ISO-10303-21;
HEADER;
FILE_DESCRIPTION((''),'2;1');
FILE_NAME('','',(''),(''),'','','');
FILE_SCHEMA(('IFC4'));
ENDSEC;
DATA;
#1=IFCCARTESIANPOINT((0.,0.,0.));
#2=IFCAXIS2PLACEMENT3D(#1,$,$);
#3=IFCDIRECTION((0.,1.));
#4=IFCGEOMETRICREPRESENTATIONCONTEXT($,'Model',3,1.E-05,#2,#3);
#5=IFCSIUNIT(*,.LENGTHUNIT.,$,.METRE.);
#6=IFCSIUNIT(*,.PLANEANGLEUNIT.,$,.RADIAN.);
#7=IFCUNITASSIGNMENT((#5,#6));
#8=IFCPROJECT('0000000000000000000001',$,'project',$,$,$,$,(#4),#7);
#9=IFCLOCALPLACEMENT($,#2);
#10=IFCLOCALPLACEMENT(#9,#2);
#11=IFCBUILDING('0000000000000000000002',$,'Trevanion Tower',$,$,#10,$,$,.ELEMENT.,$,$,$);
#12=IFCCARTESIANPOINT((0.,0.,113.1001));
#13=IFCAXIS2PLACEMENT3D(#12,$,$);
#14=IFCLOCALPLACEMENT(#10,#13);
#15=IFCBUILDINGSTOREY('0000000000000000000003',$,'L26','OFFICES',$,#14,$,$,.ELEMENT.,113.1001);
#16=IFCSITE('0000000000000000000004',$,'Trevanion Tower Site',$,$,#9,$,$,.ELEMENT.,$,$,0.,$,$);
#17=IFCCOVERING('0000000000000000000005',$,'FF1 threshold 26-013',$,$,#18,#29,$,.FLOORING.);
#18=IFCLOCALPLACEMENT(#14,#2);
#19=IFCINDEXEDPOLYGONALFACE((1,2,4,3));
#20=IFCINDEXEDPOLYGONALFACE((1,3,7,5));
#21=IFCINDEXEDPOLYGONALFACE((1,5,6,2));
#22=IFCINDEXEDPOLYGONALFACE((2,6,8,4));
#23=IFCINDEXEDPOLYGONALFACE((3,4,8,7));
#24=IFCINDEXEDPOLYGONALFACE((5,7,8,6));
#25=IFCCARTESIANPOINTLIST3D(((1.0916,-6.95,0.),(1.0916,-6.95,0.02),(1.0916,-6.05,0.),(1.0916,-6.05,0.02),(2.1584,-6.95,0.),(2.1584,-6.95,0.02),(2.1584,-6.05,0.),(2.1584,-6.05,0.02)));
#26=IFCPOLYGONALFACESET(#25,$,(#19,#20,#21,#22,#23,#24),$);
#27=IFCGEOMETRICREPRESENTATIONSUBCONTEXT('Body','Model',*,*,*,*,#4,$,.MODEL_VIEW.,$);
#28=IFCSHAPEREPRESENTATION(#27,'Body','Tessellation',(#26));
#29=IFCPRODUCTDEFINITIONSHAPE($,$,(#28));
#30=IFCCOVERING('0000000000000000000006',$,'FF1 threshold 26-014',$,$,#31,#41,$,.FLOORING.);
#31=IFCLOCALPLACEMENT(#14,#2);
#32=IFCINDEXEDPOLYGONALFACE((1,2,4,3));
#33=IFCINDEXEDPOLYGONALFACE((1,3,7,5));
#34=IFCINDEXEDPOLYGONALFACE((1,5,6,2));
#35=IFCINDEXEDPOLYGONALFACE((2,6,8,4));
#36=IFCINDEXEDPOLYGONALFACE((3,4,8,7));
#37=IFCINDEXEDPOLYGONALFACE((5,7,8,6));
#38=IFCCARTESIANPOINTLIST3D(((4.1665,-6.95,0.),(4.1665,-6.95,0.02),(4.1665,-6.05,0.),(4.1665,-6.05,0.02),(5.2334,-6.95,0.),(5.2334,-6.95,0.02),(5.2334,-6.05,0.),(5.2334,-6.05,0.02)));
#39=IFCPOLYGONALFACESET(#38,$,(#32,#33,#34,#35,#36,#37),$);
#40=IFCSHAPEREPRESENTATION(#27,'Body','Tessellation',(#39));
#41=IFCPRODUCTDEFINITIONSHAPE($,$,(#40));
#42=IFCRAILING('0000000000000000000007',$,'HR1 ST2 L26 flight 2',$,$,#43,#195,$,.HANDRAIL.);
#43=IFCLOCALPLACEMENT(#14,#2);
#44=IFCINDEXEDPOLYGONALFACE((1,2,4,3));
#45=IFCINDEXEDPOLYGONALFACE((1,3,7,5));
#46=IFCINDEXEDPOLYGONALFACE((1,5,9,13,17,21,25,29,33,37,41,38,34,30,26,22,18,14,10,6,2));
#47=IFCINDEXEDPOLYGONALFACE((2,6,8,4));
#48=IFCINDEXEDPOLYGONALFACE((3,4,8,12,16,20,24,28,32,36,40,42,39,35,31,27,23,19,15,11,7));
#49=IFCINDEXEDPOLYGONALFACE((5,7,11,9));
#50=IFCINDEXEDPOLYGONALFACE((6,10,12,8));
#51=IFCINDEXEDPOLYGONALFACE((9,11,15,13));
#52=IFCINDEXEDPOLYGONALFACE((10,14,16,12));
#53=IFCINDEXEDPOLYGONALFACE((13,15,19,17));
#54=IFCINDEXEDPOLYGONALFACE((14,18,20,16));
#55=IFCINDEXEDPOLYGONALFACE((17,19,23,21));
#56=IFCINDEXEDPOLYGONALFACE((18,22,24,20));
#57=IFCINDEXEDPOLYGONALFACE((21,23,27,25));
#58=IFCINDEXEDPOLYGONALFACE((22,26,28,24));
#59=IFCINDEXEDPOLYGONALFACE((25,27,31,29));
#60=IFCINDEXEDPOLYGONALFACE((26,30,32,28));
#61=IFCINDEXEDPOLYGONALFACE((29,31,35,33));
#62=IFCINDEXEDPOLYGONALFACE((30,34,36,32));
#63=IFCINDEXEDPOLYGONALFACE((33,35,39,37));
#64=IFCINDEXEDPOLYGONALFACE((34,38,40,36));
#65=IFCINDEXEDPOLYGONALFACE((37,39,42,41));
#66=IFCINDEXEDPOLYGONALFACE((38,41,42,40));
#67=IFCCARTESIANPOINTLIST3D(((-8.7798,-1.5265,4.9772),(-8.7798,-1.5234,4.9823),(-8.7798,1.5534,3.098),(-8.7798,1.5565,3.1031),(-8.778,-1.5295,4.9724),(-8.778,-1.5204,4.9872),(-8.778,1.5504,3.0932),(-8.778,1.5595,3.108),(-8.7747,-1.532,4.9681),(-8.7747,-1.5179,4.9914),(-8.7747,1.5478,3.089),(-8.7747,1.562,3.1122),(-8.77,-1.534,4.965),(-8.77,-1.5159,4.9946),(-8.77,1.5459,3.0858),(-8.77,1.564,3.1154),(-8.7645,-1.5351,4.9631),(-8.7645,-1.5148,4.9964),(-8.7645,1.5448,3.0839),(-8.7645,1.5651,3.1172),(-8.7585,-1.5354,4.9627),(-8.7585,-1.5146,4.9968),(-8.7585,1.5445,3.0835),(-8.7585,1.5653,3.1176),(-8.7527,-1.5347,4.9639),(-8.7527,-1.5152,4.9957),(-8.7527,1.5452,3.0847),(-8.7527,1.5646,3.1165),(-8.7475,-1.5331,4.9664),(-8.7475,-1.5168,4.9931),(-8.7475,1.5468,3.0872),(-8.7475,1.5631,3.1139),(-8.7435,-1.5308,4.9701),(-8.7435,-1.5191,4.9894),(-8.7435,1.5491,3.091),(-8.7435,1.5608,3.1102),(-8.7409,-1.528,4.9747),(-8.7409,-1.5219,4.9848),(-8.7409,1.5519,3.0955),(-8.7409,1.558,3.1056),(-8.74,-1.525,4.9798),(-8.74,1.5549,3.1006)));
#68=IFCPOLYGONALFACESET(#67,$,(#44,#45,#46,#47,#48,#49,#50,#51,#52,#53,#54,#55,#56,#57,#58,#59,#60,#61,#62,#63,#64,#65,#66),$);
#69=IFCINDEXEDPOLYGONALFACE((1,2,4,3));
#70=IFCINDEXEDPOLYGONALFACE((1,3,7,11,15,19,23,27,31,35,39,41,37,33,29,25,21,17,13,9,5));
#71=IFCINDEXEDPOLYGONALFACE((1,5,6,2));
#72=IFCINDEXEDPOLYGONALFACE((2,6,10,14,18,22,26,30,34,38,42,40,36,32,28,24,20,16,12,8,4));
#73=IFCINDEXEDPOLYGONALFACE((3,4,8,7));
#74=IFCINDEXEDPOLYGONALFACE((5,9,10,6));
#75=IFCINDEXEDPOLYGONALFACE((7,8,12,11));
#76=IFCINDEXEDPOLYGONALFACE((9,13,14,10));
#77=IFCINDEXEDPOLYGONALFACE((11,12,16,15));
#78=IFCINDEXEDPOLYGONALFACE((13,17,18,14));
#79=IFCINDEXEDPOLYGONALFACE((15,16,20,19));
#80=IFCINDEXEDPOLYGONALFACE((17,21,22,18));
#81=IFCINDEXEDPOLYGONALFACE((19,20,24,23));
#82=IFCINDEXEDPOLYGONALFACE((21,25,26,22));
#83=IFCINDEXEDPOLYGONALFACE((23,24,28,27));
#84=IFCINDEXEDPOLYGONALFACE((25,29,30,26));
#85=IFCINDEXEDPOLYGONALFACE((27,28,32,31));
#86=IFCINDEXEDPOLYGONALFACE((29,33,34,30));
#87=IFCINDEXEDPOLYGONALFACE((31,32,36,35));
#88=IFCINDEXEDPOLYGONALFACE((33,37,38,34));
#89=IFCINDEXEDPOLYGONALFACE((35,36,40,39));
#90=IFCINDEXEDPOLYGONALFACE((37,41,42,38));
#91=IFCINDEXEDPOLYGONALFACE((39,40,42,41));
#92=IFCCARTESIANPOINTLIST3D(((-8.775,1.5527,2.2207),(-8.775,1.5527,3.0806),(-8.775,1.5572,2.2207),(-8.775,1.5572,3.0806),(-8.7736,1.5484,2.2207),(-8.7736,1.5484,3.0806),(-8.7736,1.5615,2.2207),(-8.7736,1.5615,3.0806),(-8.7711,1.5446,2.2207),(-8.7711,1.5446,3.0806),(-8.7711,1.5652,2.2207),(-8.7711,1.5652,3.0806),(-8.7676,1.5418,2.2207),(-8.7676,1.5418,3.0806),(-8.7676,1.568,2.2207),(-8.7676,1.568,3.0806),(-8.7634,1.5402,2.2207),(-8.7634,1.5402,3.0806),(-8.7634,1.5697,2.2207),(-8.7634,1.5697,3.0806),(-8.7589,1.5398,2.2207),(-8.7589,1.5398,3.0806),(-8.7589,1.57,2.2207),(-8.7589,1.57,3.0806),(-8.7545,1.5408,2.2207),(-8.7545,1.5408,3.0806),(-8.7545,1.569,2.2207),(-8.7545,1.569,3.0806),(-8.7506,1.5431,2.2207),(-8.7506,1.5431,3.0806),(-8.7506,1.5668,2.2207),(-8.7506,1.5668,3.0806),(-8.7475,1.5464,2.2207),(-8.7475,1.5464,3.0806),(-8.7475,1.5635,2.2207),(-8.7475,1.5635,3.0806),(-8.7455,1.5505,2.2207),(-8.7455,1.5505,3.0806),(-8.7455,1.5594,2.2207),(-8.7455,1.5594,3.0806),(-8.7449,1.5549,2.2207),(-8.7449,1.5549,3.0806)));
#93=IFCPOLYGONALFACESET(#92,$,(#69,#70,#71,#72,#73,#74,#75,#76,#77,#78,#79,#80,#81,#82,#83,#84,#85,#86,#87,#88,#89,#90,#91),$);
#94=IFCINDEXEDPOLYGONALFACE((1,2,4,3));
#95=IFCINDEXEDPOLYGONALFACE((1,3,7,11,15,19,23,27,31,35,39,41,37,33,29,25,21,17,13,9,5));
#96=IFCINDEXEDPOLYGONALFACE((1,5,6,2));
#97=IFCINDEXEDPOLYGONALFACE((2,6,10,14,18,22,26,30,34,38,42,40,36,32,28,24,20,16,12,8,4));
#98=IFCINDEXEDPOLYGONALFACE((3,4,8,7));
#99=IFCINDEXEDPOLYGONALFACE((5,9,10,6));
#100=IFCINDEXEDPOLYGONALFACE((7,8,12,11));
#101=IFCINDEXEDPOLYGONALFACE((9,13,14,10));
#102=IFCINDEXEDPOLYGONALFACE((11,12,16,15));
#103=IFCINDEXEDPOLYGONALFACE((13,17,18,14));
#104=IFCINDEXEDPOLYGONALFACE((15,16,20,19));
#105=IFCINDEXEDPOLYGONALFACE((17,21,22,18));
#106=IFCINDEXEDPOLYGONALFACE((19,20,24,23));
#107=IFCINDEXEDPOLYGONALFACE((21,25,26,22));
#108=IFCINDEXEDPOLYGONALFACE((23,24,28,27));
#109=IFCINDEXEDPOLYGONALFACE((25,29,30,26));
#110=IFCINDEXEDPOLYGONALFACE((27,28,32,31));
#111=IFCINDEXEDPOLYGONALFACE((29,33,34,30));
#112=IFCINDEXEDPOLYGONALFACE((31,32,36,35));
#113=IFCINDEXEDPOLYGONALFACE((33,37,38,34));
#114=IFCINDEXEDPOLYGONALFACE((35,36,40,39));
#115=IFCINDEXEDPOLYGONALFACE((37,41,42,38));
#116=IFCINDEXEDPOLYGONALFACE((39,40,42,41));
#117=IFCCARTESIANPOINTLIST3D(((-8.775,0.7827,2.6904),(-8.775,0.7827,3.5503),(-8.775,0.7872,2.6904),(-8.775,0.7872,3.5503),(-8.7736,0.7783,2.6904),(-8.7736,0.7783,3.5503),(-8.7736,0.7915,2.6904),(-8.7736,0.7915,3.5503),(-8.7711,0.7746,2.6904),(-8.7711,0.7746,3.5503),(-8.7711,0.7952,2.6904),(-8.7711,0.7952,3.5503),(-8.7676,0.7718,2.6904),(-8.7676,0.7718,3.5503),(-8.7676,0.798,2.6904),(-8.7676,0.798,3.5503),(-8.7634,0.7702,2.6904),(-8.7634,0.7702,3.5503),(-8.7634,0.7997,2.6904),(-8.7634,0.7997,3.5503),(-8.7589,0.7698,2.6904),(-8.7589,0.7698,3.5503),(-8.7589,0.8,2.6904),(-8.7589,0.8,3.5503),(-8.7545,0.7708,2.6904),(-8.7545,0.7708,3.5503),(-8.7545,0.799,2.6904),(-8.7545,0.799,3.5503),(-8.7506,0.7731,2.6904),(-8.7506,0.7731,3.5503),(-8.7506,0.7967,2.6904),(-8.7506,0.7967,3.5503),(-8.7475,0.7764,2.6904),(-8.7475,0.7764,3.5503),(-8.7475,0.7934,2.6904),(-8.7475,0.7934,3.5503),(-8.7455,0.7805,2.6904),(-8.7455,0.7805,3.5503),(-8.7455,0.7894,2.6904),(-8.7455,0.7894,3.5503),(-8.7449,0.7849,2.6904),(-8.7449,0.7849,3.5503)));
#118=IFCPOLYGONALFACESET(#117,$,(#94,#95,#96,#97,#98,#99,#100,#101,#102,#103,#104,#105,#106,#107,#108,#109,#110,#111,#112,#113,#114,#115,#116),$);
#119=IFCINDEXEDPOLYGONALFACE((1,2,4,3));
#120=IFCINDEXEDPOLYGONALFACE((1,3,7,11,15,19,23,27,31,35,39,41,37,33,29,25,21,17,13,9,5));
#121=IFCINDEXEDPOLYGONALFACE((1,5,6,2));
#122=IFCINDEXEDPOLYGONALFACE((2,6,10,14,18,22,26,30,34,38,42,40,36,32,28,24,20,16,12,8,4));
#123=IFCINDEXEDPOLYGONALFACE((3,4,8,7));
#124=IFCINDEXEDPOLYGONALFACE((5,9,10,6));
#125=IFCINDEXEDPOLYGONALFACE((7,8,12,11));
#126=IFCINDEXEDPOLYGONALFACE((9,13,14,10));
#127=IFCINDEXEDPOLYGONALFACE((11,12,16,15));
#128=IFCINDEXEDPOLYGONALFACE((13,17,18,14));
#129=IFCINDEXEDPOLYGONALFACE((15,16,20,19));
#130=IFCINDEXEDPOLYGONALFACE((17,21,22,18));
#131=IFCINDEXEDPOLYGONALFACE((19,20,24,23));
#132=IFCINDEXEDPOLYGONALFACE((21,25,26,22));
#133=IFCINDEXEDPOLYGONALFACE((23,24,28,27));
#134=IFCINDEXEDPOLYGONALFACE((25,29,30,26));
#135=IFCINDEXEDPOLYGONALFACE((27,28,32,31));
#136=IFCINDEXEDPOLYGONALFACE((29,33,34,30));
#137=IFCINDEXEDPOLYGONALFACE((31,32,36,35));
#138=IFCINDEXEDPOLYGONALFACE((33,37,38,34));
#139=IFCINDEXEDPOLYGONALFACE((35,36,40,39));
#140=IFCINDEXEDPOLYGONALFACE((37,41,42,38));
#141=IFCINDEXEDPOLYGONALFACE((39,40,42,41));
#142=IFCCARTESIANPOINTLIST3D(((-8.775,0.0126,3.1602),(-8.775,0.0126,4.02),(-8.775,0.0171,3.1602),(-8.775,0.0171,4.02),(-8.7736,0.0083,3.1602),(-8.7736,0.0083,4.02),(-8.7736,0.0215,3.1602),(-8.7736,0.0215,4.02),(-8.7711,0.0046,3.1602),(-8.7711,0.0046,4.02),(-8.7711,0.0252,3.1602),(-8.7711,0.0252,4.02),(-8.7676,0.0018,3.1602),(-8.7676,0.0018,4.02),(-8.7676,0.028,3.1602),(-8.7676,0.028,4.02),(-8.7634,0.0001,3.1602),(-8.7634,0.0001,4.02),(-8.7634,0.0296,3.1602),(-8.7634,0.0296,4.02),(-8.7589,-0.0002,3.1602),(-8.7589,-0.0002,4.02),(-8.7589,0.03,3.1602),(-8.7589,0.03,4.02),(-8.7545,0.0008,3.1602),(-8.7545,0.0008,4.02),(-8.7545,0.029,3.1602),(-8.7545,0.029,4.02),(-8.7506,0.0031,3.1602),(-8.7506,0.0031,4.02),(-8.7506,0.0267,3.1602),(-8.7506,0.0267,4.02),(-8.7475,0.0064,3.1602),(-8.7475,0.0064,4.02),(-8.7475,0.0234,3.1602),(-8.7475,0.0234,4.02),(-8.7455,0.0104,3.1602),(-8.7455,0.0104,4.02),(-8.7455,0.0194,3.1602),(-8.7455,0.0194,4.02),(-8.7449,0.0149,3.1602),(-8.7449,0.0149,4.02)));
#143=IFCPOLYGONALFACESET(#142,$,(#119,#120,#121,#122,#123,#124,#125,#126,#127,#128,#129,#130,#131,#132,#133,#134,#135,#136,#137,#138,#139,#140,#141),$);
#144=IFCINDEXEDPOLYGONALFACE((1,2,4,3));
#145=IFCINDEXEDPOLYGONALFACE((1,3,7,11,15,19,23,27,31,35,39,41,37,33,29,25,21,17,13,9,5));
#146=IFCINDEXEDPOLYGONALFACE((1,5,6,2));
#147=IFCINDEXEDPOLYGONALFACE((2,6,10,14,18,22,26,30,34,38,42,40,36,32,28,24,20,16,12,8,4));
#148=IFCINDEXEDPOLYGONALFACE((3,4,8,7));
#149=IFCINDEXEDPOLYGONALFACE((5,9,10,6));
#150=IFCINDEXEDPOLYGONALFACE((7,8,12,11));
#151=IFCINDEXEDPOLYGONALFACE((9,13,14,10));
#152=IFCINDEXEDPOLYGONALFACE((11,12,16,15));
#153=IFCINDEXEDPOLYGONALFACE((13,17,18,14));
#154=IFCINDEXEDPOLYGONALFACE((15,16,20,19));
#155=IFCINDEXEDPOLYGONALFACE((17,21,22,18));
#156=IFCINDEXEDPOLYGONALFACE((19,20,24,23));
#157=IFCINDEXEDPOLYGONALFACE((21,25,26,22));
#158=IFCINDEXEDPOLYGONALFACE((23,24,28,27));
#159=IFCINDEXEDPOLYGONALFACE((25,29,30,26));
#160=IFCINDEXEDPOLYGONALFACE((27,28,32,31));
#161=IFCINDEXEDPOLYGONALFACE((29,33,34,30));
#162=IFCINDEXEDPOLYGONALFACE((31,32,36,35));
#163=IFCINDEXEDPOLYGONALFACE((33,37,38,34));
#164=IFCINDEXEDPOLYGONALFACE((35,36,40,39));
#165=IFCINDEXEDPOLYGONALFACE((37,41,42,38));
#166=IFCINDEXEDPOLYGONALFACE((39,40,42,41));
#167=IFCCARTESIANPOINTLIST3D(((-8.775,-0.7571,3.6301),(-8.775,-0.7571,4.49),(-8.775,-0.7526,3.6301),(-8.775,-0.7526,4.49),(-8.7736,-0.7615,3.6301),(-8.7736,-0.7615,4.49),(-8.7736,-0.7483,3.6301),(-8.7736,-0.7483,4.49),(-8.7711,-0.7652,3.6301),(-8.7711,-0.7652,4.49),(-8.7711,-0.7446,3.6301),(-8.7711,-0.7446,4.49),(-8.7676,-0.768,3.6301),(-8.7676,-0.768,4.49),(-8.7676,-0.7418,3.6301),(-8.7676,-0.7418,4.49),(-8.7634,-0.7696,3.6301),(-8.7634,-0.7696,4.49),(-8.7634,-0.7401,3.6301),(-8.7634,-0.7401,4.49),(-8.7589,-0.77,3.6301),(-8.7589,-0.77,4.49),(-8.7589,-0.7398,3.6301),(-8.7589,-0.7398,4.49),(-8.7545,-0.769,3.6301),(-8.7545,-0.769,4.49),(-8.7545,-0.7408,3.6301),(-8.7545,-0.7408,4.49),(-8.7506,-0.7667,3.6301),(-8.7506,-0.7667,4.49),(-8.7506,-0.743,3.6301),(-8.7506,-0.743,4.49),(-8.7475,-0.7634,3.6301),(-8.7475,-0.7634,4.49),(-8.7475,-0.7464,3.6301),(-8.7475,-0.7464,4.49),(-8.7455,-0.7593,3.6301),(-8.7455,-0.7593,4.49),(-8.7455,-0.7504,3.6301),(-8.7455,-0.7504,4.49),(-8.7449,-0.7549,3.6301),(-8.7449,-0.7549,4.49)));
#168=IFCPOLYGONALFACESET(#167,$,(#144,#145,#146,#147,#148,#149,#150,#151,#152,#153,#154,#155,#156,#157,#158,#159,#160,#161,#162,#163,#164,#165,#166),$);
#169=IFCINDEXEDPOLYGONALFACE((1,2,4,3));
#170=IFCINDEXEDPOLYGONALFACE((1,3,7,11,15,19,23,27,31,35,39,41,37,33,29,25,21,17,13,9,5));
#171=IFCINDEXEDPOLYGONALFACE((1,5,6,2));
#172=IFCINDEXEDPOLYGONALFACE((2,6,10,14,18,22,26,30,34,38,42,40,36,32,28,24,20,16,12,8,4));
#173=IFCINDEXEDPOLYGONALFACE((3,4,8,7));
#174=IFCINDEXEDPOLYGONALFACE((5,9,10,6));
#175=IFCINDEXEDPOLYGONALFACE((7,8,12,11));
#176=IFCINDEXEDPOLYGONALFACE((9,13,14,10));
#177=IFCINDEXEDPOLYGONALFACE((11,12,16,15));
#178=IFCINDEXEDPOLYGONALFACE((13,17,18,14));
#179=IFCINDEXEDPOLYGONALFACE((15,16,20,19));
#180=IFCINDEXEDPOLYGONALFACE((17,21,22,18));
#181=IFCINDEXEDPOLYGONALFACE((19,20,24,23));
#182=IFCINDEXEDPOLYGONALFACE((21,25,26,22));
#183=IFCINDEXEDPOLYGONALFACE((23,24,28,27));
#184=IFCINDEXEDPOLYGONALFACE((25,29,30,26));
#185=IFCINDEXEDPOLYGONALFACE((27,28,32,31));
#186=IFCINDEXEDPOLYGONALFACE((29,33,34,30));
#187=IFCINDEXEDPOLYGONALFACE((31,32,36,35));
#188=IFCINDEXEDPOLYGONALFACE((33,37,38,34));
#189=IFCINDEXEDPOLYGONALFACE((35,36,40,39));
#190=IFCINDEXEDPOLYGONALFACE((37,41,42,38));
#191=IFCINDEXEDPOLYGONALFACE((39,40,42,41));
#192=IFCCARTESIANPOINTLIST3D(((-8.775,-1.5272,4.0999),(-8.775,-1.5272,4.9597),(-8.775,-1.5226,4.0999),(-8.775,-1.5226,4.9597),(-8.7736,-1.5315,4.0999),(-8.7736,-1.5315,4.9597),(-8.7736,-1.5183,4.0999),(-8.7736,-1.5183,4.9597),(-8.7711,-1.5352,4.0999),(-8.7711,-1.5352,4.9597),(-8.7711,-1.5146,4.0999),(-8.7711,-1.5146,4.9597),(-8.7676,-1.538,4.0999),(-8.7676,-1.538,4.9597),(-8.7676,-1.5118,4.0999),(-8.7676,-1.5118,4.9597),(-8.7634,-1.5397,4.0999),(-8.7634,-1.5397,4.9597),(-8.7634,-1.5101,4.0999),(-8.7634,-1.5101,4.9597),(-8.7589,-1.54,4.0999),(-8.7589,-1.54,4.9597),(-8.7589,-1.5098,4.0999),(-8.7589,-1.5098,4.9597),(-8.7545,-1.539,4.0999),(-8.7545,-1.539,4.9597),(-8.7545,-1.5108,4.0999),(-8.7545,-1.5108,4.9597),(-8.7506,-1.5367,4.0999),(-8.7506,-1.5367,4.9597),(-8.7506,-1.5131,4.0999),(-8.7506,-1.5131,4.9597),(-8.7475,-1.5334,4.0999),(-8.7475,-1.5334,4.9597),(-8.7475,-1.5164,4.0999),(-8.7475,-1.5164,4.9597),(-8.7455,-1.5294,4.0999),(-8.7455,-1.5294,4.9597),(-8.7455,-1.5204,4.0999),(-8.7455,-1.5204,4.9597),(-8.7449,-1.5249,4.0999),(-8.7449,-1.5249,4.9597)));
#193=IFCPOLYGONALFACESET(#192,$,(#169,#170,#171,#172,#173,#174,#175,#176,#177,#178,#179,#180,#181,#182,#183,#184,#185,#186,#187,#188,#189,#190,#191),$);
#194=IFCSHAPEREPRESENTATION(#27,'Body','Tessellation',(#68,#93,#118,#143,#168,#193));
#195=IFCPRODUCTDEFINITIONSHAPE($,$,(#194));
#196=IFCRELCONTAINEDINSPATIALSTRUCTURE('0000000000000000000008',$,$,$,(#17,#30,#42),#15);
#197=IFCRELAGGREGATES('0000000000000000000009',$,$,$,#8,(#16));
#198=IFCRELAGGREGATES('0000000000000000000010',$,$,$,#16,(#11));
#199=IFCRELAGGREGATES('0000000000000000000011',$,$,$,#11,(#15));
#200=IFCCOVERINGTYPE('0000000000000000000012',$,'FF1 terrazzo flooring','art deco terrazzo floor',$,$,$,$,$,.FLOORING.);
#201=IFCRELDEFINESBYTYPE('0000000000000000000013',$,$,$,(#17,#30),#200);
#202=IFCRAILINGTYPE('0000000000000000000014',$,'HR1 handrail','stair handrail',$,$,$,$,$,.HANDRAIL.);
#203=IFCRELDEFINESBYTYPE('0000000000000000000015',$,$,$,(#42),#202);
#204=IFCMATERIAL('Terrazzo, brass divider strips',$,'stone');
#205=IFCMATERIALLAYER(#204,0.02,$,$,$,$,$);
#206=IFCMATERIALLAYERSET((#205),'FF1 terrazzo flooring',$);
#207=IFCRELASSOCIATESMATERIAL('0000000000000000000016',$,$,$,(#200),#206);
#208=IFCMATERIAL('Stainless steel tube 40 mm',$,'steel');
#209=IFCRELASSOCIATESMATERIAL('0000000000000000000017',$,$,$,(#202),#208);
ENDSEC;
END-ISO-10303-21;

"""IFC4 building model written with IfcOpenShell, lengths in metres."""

from ifc_helpers import new_model, si_unit, direction, frame, origin, origin_2d, place, context, subcontext, project, spatial, polyline, circle, outline, extrude, material, layer, layer_set, type_object, element, save


model = new_model("IFC4")

# Units and contexts
model_context = context("Model", 3, precision=1e-05, world=origin(), true_north=direction((0.0, 1.0)))
body_context = subcontext(model_context, "Body", "Model", "MODEL_VIEW")
ifc_project = project(units=[si_unit("LENGTHUNIT", "METRE"), si_unit("PLANEANGLEUNIT", "RADIAN")], contexts=[model_context])

# Site, building, storey
site_placement = place(None, origin())
site = spatial("IfcSite", under=ifc_project, at=site_placement, Name="Trevanion Tower Site", CompositionType="ELEMENT", RefElevation=0.0)
building_placement = place(site_placement, origin())
building = spatial("IfcBuilding", under=site, at=building_placement, Name="Trevanion Tower", CompositionType="ELEMENT")
storey_placement = place(building_placement, frame((0.0, 0.0, 113.1001)))
storey = spatial("IfcBuildingStorey", under=building, at=storey_placement, Name="L26", Description="OFFICES", CompositionType="ELEMENT", Elevation=113.1001)

# Coverings
ifc_material_1 = material(Name="Terrazzo, brass divider strips", Category="stone")
ifc_layer_1 = layer(ifc_material_1, 0.02)
ifc_layer_set_1 = layer_set([ifc_layer_1], Name="FF1 terrazzo flooring")
covering_type = type_object("IfcCoveringType", Name="FF1 terrazzo flooring", Description="art deco terrazzo floor", PredefinedType="FLOORING", material=ifc_layer_set_1)
covering_1_placement = place(storey_placement, origin())
element("IfcCovering", 1, at=covering_1_placement, inside=storey, type_object=covering_type, Name="FF1 threshold 26-013", PredefinedType="FLOORING", context=body_context, shape_type="SweptSolid", body=[
    extrude(outline(polyline([(1.0916, -6.95), (2.1584, -6.95), (2.1584, -6.05), (1.0916, -6.05), (1.0916, -6.95)])), origin(), (0.0, 0.0, 1.0), 0.02),
])
covering_2_placement = place(storey_placement, origin())
element("IfcCovering", 2, at=covering_2_placement, inside=storey, type_object=covering_type, Name="FF1 threshold 26-014", PredefinedType="FLOORING", context=body_context, shape_type="SweptSolid", body=[
    extrude(outline(polyline([(4.1665, -6.95), (5.2334, -6.95), (5.2334, -6.05), (4.1665, -6.05), (4.1665, -6.95)])), origin(), (0.0, 0.0, 1.0), 0.02),
])

# Railing
ifc_material_2 = material(Name="Stainless steel tube 40 mm", Category="steel")
railing_type = type_object("IfcRailingType", Name="HR1 handrail", Description="stair handrail", PredefinedType="HANDRAIL", material=ifc_material_2)
for number, where, name in (
    (3, (-8.76, 1.5549, 2.2207), "HR1 ST2 L26 flight 2"),
):
    element("IfcRailing", number, at=place(storey_placement, frame(where)), inside=storey, type_object=railing_type, Name=name, PredefinedType="HANDRAIL", context=body_context, shape_type="SweptSolid", body=[
        extrude(circle(Radius=0.02, at=origin_2d()), frame((0.0, 0.0, 0.8799), z_axis=(0.0, -0.853648, 0.52085), x_axis=(1.0, 0.0, 0.0)), (0.0, 0.0, 1.0), 3.6079),
        extrude(circle(Radius=0.0151, at=origin_2d()), origin(), (0.0, 0.0, 1.0), 0.8599),
        extrude(circle(Radius=0.0151, at=origin_2d()), frame((0.0, -0.77, 0.4697)), (0.0, 0.0, 1.0), 0.8599),
        extrude(circle(Radius=0.0151, at=origin_2d()), frame((0.0, -1.54, 0.9395)), (0.0, 0.0, 1.0), 0.8599),
        extrude(circle(Radius=0.0151, at=origin_2d()), frame((0.0, -2.3098, 1.4094)), (0.0, 0.0, 1.0), 0.8599),
        extrude(circle(Radius=0.0151, at=origin_2d()), frame((0.0, -3.0798, 1.8792)), (0.0, 0.0, 1.0), 0.8599),
    ])

save(model, "model.ifc")
